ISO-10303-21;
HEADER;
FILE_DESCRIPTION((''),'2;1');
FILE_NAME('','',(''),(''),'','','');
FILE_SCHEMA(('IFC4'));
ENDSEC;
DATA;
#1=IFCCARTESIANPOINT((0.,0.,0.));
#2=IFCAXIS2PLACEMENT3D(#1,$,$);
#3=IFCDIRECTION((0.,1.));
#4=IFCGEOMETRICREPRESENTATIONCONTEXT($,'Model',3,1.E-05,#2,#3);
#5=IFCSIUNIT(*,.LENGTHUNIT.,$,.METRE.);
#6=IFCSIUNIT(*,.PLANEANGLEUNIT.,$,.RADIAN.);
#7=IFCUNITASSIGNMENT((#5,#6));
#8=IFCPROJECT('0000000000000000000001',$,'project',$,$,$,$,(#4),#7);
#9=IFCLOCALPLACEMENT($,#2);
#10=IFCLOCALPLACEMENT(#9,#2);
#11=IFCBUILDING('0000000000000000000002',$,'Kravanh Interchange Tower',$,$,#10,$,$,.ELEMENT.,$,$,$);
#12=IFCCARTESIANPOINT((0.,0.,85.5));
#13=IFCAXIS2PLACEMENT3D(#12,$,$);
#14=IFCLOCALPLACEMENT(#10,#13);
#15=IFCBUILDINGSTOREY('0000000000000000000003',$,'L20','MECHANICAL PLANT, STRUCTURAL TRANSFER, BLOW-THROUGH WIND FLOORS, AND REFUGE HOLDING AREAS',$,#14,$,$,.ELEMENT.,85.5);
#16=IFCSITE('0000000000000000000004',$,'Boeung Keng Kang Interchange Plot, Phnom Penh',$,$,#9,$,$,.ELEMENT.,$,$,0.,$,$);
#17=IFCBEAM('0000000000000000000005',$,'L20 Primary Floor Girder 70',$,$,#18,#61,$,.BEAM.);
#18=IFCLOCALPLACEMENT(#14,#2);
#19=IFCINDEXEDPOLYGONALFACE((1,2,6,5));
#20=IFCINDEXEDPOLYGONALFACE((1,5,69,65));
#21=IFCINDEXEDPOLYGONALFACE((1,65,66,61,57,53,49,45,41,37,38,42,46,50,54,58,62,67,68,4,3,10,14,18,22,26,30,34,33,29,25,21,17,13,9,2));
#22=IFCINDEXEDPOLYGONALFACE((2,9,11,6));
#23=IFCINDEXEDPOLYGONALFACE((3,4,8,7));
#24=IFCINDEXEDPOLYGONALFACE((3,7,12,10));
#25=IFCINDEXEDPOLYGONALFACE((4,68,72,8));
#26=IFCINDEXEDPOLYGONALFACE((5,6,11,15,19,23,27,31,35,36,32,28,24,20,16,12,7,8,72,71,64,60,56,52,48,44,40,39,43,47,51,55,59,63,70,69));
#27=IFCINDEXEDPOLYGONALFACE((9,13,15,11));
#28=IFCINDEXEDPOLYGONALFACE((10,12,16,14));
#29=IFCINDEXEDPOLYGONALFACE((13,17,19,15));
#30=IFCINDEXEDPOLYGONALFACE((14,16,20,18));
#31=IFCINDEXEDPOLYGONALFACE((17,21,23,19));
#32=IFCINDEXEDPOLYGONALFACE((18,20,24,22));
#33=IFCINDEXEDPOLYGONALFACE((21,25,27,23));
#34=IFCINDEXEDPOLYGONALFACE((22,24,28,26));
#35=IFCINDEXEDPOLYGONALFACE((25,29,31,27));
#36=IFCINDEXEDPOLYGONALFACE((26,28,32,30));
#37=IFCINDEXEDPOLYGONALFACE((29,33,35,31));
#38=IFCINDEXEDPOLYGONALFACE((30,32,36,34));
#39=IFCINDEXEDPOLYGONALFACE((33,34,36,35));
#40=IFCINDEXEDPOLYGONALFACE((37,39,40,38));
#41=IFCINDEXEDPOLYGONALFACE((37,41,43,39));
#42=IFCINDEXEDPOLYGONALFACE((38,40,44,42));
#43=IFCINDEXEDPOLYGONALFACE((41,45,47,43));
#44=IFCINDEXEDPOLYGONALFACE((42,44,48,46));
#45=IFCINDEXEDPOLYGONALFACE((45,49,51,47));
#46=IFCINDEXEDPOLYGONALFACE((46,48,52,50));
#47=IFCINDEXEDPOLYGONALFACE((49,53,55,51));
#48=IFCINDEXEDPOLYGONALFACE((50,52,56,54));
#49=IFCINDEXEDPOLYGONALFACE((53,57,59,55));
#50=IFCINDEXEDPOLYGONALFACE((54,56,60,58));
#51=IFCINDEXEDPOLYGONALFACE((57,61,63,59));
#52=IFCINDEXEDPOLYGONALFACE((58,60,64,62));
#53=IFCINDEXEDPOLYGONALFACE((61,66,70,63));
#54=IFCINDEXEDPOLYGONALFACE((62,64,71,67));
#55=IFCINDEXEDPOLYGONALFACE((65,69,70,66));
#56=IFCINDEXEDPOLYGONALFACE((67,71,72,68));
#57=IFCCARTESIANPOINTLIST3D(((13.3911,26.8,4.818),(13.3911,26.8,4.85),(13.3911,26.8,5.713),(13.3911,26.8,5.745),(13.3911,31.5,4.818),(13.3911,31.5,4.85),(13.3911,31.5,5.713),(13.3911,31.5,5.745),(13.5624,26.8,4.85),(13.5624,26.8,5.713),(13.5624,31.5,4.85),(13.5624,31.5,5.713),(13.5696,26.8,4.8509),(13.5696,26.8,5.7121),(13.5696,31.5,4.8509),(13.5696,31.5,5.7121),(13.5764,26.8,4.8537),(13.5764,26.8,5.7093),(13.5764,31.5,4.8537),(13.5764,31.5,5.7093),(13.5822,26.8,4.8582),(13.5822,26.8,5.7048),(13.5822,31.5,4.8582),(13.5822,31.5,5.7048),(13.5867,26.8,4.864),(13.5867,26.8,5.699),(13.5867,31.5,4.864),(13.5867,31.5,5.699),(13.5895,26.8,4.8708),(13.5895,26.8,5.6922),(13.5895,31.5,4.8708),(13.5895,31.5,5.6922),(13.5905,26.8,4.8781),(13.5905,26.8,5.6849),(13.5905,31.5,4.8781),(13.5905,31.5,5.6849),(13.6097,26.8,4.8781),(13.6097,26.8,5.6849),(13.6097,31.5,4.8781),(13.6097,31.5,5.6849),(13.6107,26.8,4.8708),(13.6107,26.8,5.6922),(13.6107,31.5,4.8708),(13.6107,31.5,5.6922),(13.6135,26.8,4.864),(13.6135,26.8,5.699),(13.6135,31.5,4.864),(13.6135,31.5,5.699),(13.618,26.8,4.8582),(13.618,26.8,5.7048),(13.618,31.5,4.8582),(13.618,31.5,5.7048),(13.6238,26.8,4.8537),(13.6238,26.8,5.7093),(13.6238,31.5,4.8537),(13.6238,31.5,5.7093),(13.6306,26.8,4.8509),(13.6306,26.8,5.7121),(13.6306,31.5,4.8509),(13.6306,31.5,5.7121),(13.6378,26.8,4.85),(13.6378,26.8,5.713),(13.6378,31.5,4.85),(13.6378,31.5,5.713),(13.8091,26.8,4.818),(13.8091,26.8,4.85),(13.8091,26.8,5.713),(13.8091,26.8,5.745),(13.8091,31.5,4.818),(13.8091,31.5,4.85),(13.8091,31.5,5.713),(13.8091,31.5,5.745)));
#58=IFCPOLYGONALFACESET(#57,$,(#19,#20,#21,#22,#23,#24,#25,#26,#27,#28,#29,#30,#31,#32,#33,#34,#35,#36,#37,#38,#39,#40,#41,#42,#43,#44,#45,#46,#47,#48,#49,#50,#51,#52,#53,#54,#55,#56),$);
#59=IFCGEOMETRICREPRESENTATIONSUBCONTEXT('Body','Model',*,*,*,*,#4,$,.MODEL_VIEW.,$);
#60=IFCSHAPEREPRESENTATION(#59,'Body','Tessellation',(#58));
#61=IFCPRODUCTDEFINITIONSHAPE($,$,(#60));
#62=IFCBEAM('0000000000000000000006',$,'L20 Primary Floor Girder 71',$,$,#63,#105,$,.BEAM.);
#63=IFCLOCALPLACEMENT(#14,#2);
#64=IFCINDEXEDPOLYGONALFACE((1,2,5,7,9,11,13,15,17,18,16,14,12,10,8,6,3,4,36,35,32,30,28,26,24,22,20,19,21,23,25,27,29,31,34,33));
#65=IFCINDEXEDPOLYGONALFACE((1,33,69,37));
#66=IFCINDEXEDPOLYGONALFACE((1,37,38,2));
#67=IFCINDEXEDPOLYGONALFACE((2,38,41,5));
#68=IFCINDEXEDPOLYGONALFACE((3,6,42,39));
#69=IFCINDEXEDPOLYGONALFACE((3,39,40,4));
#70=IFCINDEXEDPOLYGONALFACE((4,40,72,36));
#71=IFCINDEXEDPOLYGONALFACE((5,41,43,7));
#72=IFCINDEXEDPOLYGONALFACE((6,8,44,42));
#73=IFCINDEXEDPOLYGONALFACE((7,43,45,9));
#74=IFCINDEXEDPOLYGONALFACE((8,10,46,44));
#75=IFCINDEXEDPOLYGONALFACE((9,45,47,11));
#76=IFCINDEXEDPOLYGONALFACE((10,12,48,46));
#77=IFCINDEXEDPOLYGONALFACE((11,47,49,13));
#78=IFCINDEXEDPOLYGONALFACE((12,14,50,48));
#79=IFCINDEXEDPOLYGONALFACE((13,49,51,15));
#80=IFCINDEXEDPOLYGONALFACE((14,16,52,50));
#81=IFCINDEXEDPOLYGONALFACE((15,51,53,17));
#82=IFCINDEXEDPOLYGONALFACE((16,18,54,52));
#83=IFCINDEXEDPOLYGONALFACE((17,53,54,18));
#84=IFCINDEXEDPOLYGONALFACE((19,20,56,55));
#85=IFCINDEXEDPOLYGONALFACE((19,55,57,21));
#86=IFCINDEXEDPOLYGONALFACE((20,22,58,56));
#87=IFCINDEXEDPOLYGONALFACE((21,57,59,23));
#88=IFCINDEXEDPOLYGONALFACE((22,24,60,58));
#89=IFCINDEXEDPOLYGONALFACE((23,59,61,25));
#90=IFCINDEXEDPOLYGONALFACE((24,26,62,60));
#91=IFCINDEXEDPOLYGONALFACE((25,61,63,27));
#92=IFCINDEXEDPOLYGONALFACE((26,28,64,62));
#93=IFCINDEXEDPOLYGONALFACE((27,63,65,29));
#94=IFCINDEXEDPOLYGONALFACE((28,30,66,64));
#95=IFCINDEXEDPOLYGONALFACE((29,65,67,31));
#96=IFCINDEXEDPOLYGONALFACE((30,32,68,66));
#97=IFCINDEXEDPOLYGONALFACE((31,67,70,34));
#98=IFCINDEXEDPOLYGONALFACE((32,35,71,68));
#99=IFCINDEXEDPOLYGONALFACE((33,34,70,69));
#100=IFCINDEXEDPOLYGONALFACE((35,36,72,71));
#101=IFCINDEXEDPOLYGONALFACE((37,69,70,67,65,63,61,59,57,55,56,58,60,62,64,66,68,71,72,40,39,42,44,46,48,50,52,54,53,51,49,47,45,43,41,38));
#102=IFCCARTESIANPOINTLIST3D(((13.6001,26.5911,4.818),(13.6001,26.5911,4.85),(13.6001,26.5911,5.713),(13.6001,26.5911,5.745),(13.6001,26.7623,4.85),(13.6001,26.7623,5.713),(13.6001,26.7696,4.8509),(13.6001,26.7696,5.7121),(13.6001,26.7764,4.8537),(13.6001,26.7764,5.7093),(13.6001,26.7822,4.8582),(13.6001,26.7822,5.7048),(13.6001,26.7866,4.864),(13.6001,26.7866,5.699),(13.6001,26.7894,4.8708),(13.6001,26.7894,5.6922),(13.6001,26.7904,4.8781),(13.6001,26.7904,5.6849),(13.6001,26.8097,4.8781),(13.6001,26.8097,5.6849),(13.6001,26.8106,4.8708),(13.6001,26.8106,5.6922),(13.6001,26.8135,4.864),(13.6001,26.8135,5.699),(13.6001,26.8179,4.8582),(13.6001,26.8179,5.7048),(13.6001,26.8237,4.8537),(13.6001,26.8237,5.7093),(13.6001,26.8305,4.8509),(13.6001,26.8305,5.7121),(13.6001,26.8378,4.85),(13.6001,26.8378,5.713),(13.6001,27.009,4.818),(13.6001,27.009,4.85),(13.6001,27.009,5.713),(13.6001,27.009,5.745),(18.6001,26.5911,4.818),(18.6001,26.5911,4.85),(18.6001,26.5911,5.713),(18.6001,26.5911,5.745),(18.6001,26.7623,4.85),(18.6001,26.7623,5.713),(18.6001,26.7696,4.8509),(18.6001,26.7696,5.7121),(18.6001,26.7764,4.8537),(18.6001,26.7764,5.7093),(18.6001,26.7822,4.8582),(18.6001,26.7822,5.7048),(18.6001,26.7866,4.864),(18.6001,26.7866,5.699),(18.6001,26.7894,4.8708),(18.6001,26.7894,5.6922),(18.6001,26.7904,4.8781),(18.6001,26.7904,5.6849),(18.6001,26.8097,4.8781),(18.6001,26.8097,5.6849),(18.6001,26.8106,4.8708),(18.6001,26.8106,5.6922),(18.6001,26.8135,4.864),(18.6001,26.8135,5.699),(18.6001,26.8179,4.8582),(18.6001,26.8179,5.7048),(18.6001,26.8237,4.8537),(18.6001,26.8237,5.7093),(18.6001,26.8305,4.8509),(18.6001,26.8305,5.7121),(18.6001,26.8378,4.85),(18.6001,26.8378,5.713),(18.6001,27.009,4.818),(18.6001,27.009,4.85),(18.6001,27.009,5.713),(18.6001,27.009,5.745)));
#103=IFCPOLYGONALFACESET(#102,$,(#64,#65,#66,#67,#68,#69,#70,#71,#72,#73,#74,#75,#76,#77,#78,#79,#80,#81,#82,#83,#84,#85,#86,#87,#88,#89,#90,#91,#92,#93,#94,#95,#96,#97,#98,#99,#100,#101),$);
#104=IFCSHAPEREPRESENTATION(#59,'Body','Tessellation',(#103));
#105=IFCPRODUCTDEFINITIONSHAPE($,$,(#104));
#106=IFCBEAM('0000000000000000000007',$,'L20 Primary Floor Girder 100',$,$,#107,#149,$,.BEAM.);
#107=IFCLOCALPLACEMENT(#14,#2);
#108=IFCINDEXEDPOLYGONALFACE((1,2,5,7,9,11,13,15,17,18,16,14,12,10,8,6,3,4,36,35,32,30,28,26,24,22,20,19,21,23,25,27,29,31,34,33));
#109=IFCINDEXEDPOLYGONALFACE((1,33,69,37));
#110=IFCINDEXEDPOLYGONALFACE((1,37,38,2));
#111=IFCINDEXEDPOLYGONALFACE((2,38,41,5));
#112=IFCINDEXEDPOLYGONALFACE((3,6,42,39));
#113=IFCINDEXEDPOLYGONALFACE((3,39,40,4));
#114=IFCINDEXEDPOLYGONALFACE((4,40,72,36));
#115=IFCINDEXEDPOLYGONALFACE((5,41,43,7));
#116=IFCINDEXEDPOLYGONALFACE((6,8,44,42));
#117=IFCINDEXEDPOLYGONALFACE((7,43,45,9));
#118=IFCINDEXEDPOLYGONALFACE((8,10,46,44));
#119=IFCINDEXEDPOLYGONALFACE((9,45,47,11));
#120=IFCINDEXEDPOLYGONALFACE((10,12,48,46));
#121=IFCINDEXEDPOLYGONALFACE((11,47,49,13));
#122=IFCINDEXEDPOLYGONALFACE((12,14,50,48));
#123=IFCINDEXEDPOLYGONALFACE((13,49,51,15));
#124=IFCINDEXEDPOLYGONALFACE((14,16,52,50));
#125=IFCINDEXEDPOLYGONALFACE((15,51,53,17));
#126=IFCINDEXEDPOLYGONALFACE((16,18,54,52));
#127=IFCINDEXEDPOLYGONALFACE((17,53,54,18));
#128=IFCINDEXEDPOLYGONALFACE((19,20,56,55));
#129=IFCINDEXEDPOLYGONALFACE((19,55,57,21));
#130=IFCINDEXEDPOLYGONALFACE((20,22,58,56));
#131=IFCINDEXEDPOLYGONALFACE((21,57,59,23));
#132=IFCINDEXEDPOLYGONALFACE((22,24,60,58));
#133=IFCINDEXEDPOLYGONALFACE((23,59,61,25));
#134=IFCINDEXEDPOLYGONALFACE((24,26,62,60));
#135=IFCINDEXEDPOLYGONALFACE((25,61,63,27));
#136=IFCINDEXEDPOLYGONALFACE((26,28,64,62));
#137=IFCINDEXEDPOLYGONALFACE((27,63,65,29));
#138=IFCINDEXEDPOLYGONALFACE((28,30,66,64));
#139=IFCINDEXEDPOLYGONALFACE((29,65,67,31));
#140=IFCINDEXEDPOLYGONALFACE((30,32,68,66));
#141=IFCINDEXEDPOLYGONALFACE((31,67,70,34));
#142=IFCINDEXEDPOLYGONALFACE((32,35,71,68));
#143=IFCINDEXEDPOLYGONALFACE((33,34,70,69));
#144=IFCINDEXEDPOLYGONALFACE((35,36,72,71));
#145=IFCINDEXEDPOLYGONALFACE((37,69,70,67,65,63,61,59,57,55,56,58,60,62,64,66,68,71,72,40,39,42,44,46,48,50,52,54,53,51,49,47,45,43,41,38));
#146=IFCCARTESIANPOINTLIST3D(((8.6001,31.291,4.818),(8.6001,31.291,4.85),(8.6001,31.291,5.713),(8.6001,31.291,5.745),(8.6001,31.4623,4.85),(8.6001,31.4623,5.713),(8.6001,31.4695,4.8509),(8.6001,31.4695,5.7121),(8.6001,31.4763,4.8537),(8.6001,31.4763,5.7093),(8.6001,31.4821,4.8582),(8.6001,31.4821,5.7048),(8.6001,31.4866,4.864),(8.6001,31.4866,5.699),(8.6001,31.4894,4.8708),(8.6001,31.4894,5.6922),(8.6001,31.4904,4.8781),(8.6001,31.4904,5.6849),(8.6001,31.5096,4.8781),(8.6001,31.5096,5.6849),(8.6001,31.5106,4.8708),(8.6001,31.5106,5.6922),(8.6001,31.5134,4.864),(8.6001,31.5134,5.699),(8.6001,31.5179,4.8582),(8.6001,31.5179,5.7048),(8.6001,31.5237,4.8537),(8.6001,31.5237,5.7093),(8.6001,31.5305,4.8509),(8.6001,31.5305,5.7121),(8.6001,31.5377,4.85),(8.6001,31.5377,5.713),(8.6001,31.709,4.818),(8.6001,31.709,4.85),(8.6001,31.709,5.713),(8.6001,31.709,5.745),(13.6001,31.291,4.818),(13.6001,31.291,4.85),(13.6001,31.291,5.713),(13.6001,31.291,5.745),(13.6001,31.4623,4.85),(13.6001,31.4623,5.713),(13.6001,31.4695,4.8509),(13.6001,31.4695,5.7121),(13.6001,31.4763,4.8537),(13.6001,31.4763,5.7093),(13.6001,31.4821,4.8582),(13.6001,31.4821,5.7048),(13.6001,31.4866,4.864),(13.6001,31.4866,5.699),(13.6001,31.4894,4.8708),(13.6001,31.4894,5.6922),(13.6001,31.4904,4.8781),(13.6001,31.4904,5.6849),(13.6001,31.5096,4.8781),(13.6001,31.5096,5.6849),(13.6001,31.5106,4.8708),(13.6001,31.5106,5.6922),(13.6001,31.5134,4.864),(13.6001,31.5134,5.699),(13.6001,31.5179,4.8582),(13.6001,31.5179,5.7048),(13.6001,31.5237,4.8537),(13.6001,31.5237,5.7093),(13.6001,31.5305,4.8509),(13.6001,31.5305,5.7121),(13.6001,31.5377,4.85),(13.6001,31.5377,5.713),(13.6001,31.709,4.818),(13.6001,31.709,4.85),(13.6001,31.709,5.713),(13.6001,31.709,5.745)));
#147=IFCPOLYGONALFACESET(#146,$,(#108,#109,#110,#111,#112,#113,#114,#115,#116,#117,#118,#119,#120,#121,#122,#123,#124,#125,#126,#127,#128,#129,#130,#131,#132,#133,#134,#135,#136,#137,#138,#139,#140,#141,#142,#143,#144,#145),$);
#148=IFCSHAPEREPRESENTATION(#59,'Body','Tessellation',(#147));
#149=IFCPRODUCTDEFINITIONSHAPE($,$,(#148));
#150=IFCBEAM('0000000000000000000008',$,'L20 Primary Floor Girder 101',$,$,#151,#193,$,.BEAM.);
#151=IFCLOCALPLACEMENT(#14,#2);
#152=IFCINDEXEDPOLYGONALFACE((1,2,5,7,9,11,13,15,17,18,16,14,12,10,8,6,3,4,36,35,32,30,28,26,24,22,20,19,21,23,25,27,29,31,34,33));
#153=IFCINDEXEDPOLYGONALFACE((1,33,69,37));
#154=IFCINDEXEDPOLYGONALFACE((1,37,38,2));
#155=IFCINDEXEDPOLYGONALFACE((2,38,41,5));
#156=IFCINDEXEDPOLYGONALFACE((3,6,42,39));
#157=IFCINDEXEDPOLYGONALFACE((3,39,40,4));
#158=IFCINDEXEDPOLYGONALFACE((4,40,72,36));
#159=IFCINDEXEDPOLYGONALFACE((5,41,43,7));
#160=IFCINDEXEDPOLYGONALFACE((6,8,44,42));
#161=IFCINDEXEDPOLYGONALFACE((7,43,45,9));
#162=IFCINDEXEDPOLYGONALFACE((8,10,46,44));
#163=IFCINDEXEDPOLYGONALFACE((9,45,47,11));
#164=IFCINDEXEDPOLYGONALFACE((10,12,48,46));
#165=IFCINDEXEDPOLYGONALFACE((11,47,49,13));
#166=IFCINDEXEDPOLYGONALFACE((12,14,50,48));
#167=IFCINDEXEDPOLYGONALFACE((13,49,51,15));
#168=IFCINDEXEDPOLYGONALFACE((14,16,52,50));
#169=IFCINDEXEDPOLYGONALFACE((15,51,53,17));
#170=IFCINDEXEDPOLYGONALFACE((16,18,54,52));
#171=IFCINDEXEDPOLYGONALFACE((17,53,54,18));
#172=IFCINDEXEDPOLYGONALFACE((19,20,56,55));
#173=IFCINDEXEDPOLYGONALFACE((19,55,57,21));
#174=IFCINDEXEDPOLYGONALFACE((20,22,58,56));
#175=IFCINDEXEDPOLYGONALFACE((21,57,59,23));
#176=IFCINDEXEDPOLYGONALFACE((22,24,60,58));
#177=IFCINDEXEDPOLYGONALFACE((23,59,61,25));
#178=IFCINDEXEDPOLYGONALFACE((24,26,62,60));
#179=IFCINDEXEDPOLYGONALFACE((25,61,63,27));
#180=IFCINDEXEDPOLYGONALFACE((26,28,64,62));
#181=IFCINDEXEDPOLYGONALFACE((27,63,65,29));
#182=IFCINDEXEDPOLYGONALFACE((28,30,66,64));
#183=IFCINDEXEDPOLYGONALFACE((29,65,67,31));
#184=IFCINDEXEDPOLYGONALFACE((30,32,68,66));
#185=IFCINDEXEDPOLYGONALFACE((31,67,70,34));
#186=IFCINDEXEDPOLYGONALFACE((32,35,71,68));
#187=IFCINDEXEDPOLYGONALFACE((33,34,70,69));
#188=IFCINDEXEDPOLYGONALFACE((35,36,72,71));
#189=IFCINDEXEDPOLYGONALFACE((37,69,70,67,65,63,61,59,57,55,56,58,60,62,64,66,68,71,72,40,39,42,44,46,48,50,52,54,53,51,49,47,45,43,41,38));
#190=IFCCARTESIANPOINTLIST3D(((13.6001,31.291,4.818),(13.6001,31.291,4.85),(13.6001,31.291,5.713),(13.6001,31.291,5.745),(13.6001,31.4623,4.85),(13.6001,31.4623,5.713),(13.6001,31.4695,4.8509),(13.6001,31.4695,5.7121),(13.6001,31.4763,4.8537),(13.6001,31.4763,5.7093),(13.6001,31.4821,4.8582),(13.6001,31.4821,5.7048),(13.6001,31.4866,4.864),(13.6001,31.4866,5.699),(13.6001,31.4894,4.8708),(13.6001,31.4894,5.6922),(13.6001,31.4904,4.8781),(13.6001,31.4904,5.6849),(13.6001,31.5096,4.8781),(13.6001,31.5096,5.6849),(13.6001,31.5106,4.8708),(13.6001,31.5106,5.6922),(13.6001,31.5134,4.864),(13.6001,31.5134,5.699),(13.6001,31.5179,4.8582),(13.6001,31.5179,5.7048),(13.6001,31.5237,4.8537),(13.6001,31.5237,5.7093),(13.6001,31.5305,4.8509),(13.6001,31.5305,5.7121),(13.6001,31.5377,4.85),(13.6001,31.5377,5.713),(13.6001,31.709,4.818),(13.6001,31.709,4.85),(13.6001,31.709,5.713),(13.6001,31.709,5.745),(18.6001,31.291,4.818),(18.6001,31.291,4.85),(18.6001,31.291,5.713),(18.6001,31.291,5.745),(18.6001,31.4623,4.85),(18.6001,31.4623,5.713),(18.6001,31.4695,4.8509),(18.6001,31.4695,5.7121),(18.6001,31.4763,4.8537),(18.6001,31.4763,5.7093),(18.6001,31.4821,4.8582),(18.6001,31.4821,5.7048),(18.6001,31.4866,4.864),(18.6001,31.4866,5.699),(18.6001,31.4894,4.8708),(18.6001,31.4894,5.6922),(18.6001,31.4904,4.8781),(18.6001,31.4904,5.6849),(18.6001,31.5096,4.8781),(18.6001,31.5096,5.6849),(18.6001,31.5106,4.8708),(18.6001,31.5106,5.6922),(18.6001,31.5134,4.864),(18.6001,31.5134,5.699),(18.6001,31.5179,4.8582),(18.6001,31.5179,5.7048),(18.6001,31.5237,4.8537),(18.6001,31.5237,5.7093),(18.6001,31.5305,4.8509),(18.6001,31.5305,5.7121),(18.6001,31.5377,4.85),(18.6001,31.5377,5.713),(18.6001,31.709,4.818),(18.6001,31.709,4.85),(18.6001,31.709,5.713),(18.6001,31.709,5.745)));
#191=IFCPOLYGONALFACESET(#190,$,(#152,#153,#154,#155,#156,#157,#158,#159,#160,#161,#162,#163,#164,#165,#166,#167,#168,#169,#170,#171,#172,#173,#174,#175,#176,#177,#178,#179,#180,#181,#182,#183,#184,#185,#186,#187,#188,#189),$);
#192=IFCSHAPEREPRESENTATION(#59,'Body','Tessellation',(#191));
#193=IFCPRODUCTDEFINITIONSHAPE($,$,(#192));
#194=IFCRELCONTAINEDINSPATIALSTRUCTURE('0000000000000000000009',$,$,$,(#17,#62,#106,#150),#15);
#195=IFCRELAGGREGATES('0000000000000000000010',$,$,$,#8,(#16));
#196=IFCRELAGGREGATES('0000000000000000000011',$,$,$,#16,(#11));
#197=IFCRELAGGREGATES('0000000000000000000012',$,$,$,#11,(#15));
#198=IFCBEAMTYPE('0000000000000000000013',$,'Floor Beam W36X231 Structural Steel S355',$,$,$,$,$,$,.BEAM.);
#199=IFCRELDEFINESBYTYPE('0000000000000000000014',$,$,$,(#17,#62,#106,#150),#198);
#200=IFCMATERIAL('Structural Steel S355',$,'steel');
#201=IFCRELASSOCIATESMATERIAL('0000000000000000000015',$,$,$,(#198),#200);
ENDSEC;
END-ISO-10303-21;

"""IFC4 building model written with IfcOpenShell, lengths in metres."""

from ifc_helpers import new_model, si_unit, direction, frame, origin, origin_2d, place, context, subcontext, project, spatial, i_section, extrude, material, material_profile, profile_set, type_object, element, save


model = new_model("IFC4")

# Units and contexts
model_context = context("Model", 3, precision=1e-05, world=origin(), true_north=direction((0.0, 1.0)))
body_context = subcontext(model_context, "Body", "Model", "MODEL_VIEW")
ifc_project = project(units=[si_unit("LENGTHUNIT", "METRE"), si_unit("PLANEANGLEUNIT", "RADIAN")], contexts=[model_context])

# Site, building, storey
site_placement = place(None, origin())
site = spatial("IfcSite", under=ifc_project, at=site_placement, Name="Boeung Keng Kang Interchange Plot, Phnom Penh", CompositionType="ELEMENT", RefElevation=0.0)
building_placement = place(site_placement, origin())
building = spatial("IfcBuilding", under=site, at=building_placement, Name="Kravanh Interchange Tower", CompositionType="ELEMENT")
storey_placement = place(building_placement, frame((0.0, 0.0, 85.5)))
storey = spatial("IfcBuildingStorey", under=building, at=storey_placement, Name="L20", Description="MECHANICAL PLANT, STRUCTURAL TRANSFER, BLOW-THROUGH WIND FLOORS, AND REFUGE HOLDING AREAS", CompositionType="ELEMENT", Elevation=85.5)

# Beams
ifc_material_1 = material(Name="Structural Steel S355", Category="steel")
ifc_material_profile_1 = material_profile(ifc_material_1, i_section(OverallWidth=0.418, OverallDepth=0.927, WebThickness=0.0193, FlangeThickness=0.032, FilletRadius=0.0281, at=origin_2d()), Name="W36X231")
ifc_profile_set_1 = profile_set([ifc_material_profile_1], Name="Structural Steel S355")
beam_type_1 = type_object("IfcBeamType", Name="Floor Beam W36X231 Structural Steel S355", PredefinedType="BEAM", material=ifc_profile_set_1)
beam_placement = place(storey_placement, frame((13.6001, 26.8, 5.2815), z_axis=(0.0, 1.0, 0.0), x_axis=(-1.0, 0.0, 0.0)))
element("IfcBeam", 1, at=beam_placement, inside=storey, type_object=beam_type_1, Name="L20 Primary Floor Girder 70", PredefinedType="BEAM", context=body_context, shape_type="SweptSolid", body=[
    extrude(i_section(OverallWidth=0.418, OverallDepth=0.927, WebThickness=0.0193, FlangeThickness=0.032, FilletRadius=0.0281, at=origin_2d()), origin(), (0.0, 0.0, 1.0), 4.7),
])
for number, where, z_axis, x_axis, name in (
    (2, (13.6001, 26.8, 5.2815), (1.0, 0.0, 0.0), (0.0, 1.0, 0.0), "L20 Primary Floor Girder 71"),
    (3, (8.6001, 31.5, 5.2815), (1.0, 0.0, 0.0), (0.0, 1.0, 0.0), "L20 Primary Floor Girder 100"),
    (4, (13.6001, 31.5, 5.2815), (1.0, 0.0, 0.0), (0.0, 1.0, 0.0), "L20 Primary Floor Girder 101"),
):
    element("IfcBeam", number, at=place(storey_placement, frame(where, z_axis=z_axis, x_axis=x_axis)), inside=storey, type_object=beam_type_1, Name=name, PredefinedType="BEAM", context=body_context, shape_type="SweptSolid", body=[
        extrude(i_section(OverallWidth=0.418, OverallDepth=0.927, WebThickness=0.0193, FlangeThickness=0.032, FilletRadius=0.0281, at=origin_2d()), origin(), (0.0, 0.0, 1.0), 5.0),
    ])

save(model, "model.ifc")
